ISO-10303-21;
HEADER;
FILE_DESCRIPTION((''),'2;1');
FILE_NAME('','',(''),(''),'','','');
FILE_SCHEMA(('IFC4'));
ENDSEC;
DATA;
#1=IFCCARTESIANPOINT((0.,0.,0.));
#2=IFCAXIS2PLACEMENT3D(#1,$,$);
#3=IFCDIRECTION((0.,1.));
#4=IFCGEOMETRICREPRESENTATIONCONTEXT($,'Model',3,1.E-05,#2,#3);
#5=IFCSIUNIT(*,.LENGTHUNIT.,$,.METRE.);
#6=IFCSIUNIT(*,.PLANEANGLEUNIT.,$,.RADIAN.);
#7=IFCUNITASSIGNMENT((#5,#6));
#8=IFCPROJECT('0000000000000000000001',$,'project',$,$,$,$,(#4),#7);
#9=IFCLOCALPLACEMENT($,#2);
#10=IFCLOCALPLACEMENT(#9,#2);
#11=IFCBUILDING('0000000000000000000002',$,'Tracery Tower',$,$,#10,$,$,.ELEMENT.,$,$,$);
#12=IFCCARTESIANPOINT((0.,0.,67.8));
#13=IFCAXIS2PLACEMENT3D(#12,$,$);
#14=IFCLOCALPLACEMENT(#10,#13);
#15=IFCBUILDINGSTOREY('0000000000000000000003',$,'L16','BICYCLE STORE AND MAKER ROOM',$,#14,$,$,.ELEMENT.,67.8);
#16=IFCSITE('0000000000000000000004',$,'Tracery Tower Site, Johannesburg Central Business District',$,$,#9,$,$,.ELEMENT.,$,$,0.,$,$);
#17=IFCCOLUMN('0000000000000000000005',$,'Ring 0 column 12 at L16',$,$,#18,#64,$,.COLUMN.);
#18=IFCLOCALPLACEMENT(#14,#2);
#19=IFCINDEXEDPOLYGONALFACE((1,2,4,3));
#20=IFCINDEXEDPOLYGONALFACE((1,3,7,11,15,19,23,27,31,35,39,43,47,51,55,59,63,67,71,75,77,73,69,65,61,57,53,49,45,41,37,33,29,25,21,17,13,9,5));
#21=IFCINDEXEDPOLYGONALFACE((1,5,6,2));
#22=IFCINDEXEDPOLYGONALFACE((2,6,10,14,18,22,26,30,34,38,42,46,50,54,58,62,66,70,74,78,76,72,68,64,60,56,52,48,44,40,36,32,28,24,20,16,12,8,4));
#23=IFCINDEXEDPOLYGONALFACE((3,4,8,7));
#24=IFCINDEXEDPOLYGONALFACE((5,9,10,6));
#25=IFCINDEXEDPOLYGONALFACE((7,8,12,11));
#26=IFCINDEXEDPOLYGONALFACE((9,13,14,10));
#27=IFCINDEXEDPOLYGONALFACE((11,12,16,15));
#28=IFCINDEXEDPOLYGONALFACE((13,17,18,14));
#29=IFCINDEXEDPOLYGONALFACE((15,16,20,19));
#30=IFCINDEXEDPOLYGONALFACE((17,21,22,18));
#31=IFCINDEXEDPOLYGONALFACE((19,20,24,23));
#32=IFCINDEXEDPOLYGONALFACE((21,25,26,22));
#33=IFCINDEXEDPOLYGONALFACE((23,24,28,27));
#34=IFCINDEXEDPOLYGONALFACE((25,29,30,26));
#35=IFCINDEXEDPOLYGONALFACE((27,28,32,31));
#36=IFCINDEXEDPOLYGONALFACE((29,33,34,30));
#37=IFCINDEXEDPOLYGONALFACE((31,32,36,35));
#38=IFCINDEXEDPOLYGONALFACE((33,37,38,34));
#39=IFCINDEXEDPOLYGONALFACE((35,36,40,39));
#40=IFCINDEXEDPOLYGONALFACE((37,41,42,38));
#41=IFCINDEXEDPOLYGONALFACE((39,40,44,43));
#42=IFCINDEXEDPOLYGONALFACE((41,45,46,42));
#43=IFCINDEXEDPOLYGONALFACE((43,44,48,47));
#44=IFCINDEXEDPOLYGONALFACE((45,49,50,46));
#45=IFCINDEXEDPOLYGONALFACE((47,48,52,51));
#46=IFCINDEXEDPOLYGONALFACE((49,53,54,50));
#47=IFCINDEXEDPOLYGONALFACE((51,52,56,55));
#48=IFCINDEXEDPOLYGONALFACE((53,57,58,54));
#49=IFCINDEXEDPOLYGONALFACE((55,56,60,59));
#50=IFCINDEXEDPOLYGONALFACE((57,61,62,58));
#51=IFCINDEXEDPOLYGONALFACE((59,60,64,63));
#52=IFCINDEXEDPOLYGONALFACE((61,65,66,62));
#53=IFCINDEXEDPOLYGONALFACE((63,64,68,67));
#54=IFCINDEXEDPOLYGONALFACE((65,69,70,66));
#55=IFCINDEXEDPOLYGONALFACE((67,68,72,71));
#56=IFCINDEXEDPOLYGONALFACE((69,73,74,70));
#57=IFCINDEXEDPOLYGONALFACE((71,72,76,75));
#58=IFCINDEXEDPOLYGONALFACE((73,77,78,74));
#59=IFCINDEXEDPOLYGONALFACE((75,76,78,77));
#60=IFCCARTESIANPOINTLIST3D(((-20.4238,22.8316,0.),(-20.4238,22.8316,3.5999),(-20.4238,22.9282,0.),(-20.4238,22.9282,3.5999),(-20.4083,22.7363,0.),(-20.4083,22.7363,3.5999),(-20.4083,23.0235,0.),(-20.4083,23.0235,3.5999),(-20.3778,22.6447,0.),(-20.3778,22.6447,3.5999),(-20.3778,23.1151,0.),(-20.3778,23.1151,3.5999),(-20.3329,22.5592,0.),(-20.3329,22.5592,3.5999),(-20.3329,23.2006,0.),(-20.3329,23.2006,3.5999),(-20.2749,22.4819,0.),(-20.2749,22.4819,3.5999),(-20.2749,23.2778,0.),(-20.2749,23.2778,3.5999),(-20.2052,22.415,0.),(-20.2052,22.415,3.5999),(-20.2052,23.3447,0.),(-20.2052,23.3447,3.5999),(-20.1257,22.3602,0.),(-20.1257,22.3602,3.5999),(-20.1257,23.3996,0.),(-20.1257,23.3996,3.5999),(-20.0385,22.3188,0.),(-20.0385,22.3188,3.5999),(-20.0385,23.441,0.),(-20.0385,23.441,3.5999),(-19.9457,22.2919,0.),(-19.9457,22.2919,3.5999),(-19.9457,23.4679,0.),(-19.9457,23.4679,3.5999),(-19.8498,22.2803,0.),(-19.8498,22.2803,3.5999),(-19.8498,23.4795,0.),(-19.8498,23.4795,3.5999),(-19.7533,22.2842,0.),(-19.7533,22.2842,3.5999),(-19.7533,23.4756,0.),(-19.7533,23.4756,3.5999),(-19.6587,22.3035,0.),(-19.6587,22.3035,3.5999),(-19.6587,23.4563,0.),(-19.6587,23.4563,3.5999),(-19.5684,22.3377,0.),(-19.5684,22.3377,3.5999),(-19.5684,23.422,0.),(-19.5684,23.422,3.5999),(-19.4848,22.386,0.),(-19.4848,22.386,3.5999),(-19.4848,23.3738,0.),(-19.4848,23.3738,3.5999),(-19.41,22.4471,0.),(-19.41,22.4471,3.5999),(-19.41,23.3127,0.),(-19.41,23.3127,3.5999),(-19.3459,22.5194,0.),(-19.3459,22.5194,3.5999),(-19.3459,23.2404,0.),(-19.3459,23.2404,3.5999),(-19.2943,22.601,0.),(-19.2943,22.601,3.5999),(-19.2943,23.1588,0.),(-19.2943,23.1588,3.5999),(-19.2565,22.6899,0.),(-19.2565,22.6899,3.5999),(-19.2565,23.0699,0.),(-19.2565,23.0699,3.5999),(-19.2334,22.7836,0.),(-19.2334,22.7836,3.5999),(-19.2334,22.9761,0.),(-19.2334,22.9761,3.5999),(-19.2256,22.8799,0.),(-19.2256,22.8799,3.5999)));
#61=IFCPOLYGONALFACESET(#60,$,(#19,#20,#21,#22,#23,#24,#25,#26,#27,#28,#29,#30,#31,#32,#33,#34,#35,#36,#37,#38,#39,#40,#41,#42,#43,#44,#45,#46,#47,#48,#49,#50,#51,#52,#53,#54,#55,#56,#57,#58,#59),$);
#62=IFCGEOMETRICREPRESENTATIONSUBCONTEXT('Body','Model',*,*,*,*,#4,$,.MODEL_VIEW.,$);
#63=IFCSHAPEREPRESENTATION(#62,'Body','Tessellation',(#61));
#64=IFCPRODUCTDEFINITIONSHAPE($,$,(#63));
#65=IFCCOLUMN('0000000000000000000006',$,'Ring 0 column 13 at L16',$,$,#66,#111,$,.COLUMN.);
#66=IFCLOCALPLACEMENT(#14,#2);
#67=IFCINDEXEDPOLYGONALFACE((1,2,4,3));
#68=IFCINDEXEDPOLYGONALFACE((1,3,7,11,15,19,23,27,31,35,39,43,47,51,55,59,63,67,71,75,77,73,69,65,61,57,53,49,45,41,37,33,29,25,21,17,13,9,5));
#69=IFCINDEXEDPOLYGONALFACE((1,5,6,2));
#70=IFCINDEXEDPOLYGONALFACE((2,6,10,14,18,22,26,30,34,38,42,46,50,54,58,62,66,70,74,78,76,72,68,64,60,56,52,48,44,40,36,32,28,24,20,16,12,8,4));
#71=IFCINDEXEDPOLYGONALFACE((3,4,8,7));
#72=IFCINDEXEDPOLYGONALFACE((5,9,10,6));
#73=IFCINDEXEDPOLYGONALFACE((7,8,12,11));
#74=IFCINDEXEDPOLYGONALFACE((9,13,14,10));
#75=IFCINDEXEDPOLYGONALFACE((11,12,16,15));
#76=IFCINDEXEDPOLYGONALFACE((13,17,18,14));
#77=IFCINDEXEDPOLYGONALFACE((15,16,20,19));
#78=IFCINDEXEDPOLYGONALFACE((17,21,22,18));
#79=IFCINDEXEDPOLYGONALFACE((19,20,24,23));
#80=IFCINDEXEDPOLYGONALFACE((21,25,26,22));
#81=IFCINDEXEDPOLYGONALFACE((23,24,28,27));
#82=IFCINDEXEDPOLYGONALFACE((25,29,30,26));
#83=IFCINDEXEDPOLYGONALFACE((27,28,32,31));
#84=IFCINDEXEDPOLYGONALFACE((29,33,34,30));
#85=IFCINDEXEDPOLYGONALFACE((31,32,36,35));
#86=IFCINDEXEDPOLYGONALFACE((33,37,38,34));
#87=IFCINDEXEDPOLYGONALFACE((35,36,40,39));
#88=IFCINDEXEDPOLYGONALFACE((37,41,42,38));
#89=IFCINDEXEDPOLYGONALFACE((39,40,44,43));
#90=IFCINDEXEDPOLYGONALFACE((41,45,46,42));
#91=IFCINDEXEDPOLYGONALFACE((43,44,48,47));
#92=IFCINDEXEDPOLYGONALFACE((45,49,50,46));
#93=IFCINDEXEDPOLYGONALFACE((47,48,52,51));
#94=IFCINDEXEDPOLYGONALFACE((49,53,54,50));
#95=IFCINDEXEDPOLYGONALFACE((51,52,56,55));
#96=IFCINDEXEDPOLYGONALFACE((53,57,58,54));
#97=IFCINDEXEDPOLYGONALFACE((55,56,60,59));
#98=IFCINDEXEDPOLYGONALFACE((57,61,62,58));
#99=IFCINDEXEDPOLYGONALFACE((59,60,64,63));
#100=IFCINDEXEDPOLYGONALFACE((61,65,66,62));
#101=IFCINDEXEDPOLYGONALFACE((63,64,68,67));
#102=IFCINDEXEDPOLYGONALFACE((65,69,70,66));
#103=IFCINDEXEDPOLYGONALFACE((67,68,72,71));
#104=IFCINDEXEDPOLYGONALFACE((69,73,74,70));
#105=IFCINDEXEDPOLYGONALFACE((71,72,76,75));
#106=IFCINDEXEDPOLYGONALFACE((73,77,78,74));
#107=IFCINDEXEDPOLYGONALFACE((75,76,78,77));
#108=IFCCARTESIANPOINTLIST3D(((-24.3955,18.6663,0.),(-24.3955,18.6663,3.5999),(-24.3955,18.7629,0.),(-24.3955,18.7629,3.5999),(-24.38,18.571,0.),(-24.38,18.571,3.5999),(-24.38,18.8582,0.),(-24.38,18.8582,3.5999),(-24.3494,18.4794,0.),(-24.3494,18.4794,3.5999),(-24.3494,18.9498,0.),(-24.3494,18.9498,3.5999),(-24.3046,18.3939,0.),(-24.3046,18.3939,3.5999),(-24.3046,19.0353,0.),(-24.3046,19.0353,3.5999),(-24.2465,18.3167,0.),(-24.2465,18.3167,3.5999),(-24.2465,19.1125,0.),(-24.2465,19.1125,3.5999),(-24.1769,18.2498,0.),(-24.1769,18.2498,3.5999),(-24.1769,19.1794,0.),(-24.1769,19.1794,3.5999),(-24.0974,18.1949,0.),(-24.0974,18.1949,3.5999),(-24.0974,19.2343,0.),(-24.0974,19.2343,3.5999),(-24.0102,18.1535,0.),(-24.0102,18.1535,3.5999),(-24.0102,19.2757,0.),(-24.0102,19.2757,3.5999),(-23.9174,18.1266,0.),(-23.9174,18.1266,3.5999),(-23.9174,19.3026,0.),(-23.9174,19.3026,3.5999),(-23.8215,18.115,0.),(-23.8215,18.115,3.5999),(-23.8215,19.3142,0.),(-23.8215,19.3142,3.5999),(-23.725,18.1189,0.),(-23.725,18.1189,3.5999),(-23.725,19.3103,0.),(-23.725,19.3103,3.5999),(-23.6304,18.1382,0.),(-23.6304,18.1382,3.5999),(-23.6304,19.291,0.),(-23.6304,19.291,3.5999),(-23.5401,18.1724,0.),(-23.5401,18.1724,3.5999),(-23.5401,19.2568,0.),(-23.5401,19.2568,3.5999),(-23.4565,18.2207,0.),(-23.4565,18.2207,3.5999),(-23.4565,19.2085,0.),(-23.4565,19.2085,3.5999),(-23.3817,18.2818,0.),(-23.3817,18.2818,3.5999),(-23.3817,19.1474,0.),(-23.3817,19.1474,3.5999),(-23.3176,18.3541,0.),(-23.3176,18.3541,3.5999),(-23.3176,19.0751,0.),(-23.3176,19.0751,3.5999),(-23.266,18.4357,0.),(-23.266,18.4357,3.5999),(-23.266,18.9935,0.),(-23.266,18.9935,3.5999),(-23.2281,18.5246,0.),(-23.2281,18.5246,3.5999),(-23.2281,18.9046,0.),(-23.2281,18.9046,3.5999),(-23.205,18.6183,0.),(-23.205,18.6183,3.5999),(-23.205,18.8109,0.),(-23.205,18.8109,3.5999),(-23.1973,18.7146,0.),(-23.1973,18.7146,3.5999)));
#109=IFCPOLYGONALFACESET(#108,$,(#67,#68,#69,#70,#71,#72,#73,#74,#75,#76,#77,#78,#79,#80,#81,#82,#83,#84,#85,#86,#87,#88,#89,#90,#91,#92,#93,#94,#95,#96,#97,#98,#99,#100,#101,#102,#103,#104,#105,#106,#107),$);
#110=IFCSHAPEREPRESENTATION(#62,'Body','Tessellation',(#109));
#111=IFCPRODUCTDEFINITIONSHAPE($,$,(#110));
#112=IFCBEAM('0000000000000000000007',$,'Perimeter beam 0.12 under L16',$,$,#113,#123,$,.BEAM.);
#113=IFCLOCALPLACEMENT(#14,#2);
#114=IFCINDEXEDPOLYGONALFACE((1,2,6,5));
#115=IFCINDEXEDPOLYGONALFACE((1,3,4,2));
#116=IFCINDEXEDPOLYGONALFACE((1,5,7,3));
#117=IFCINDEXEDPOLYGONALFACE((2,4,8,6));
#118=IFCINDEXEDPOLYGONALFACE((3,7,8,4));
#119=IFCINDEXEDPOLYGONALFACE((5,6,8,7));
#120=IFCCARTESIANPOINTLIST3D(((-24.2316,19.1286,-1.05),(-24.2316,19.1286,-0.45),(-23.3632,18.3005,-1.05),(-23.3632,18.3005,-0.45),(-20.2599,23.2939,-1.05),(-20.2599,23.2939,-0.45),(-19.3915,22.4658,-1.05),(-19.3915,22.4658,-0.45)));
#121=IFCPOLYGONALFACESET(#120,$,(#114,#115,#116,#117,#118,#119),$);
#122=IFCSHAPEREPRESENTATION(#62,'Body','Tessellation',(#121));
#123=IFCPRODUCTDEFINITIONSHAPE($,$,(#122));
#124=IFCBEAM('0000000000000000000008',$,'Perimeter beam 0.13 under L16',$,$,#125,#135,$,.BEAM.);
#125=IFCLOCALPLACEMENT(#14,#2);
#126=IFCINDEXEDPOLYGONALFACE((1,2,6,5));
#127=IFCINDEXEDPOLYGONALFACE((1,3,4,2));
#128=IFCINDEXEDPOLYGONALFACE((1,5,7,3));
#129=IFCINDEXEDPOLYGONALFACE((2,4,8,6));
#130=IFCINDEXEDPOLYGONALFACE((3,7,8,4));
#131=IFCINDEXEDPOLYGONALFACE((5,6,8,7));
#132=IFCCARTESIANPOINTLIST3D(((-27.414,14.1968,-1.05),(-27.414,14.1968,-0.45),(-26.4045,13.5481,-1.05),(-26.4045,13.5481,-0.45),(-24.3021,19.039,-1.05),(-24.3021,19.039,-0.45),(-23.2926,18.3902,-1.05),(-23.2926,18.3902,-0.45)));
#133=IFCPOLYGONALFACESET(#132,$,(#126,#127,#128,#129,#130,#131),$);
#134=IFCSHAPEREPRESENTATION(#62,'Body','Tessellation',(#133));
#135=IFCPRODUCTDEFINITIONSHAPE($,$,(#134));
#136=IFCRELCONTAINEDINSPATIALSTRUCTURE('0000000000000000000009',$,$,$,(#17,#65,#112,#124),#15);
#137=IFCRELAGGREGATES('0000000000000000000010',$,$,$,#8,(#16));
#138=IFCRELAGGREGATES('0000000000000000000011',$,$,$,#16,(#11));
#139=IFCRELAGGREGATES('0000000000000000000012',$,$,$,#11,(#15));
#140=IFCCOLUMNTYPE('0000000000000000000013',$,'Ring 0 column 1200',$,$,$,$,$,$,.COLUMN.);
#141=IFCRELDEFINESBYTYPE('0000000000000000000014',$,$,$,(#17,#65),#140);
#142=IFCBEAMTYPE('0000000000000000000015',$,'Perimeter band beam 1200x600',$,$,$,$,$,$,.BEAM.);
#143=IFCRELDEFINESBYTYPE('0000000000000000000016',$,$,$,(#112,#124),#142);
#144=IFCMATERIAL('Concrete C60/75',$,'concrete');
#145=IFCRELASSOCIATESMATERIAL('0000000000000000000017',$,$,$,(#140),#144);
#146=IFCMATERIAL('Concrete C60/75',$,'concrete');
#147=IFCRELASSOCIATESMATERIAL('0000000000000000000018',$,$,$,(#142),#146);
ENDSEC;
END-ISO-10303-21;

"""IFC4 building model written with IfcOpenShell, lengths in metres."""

from ifc_helpers import new_model, si_unit, direction, frame, origin, origin_2d, place, context, subcontext, project, spatial, rectangle, circle, extrude, material, material_profile, profile_set, type_object, element, save


model = new_model("IFC4")

# Units and contexts
model_context = context("Model", 3, precision=1e-05, world=origin(), true_north=direction((0.0, 1.0)))
body_context = subcontext(model_context, "Body", "Model", "MODEL_VIEW")
ifc_project = project(units=[si_unit("LENGTHUNIT", "METRE"), si_unit("PLANEANGLEUNIT", "RADIAN")], contexts=[model_context])

# Site, building, storey
site_placement = place(None, origin())
site = spatial("IfcSite", under=ifc_project, at=site_placement, Name="Tracery Tower Site, Johannesburg Central Business District", CompositionType="ELEMENT", RefElevation=0.0)
building_placement = place(site_placement, origin())
building = spatial("IfcBuilding", under=site, at=building_placement, Name="Tracery Tower", CompositionType="ELEMENT")
storey_placement = place(building_placement, frame((0.0, 0.0, 67.8)))
storey = spatial("IfcBuildingStorey", under=building, at=storey_placement, Name="L16", Description="BICYCLE STORE AND MAKER ROOM", CompositionType="ELEMENT", Elevation=67.8)

# Columns
ifc_material_1 = material(Name="Concrete C60/75", Category="concrete")
ifc_material_profile_1 = material_profile(ifc_material_1, circle(Radius=0.6001, at=origin_2d()), Name="RC D1200")
ifc_profile_set_1 = profile_set([ifc_material_profile_1], Name="Concrete C60/75")
column_type = type_object("IfcColumnType", Name="Ring 0 column 1200", PredefinedType="COLUMN", material=ifc_profile_set_1)
for number, where, z_axis, x_axis, name in (
    (1, (-19.8257, 22.8799, 0.0), (0.0, 0.0, 1.0), (1.0, 0.0, 0.0), "Ring 0 column 12 at L16"),
    (2, (-23.7974, 18.7146, 0.0), (0.0, 0.0, 1.0), (1.0, 0.0, 0.0), "Ring 0 column 13 at L16"),
):
    element("IfcColumn", number, at=place(storey_placement, frame(where, z_axis=z_axis, x_axis=x_axis)), inside=storey, type_object=column_type, Name=name, PredefinedType="COLUMN", context=body_context, shape_type="SweptSolid", body=[
        extrude(circle(Radius=0.6001, at=origin_2d()), origin(), (0.0, 0.0, 1.0), 3.5999),
    ])

# Beams
ifc_material_2 = material(Name="Concrete C60/75", Category="concrete")
ifc_material_profile_2 = material_profile(ifc_material_2, rectangle(XDim=1.2, YDim=0.6001, at=origin_2d()), Name="RC 1200x600")
ifc_profile_set_2 = profile_set([ifc_material_profile_2], Name="Concrete C60/75")
beam_type = type_object("IfcBeamType", Name="Perimeter band beam 1200x600", PredefinedType="BEAM", material=ifc_profile_set_2)
beam_1_placement = place(storey_placement, frame((-19.8257, 22.8799, -0.75), z_axis=(-0.690087, -0.723726, 0.0), x_axis=(0.723726, -0.690087, 0.0)))
element("IfcBeam", 3, at=beam_1_placement, inside=storey, type_object=beam_type, Name="Perimeter beam 0.12 under L16", PredefinedType="BEAM", context=body_context, shape_type="SweptSolid", body=[
    extrude(rectangle(XDim=1.2, YDim=0.6001, at=origin_2d()), origin(), (0.0, 0.0, 1.0), 5.7554),
])
beam_2_placement = place(storey_placement, frame((-23.7974, 18.7146, -0.75), z_axis=(-0.540644, -0.841252, 0.0), x_axis=(0.841252, -0.540644, 0.0)))
element("IfcBeam", 4, at=beam_2_placement, inside=storey, type_object=beam_type, Name="Perimeter beam 0.13 under L16", PredefinedType="BEAM", context=body_context, shape_type="SweptSolid", body=[
    extrude(rectangle(XDim=1.2, YDim=0.6001, at=origin_2d()), origin(), (0.0, 0.0, 1.0), 5.7559),
])

save(model, "model.ifc")
